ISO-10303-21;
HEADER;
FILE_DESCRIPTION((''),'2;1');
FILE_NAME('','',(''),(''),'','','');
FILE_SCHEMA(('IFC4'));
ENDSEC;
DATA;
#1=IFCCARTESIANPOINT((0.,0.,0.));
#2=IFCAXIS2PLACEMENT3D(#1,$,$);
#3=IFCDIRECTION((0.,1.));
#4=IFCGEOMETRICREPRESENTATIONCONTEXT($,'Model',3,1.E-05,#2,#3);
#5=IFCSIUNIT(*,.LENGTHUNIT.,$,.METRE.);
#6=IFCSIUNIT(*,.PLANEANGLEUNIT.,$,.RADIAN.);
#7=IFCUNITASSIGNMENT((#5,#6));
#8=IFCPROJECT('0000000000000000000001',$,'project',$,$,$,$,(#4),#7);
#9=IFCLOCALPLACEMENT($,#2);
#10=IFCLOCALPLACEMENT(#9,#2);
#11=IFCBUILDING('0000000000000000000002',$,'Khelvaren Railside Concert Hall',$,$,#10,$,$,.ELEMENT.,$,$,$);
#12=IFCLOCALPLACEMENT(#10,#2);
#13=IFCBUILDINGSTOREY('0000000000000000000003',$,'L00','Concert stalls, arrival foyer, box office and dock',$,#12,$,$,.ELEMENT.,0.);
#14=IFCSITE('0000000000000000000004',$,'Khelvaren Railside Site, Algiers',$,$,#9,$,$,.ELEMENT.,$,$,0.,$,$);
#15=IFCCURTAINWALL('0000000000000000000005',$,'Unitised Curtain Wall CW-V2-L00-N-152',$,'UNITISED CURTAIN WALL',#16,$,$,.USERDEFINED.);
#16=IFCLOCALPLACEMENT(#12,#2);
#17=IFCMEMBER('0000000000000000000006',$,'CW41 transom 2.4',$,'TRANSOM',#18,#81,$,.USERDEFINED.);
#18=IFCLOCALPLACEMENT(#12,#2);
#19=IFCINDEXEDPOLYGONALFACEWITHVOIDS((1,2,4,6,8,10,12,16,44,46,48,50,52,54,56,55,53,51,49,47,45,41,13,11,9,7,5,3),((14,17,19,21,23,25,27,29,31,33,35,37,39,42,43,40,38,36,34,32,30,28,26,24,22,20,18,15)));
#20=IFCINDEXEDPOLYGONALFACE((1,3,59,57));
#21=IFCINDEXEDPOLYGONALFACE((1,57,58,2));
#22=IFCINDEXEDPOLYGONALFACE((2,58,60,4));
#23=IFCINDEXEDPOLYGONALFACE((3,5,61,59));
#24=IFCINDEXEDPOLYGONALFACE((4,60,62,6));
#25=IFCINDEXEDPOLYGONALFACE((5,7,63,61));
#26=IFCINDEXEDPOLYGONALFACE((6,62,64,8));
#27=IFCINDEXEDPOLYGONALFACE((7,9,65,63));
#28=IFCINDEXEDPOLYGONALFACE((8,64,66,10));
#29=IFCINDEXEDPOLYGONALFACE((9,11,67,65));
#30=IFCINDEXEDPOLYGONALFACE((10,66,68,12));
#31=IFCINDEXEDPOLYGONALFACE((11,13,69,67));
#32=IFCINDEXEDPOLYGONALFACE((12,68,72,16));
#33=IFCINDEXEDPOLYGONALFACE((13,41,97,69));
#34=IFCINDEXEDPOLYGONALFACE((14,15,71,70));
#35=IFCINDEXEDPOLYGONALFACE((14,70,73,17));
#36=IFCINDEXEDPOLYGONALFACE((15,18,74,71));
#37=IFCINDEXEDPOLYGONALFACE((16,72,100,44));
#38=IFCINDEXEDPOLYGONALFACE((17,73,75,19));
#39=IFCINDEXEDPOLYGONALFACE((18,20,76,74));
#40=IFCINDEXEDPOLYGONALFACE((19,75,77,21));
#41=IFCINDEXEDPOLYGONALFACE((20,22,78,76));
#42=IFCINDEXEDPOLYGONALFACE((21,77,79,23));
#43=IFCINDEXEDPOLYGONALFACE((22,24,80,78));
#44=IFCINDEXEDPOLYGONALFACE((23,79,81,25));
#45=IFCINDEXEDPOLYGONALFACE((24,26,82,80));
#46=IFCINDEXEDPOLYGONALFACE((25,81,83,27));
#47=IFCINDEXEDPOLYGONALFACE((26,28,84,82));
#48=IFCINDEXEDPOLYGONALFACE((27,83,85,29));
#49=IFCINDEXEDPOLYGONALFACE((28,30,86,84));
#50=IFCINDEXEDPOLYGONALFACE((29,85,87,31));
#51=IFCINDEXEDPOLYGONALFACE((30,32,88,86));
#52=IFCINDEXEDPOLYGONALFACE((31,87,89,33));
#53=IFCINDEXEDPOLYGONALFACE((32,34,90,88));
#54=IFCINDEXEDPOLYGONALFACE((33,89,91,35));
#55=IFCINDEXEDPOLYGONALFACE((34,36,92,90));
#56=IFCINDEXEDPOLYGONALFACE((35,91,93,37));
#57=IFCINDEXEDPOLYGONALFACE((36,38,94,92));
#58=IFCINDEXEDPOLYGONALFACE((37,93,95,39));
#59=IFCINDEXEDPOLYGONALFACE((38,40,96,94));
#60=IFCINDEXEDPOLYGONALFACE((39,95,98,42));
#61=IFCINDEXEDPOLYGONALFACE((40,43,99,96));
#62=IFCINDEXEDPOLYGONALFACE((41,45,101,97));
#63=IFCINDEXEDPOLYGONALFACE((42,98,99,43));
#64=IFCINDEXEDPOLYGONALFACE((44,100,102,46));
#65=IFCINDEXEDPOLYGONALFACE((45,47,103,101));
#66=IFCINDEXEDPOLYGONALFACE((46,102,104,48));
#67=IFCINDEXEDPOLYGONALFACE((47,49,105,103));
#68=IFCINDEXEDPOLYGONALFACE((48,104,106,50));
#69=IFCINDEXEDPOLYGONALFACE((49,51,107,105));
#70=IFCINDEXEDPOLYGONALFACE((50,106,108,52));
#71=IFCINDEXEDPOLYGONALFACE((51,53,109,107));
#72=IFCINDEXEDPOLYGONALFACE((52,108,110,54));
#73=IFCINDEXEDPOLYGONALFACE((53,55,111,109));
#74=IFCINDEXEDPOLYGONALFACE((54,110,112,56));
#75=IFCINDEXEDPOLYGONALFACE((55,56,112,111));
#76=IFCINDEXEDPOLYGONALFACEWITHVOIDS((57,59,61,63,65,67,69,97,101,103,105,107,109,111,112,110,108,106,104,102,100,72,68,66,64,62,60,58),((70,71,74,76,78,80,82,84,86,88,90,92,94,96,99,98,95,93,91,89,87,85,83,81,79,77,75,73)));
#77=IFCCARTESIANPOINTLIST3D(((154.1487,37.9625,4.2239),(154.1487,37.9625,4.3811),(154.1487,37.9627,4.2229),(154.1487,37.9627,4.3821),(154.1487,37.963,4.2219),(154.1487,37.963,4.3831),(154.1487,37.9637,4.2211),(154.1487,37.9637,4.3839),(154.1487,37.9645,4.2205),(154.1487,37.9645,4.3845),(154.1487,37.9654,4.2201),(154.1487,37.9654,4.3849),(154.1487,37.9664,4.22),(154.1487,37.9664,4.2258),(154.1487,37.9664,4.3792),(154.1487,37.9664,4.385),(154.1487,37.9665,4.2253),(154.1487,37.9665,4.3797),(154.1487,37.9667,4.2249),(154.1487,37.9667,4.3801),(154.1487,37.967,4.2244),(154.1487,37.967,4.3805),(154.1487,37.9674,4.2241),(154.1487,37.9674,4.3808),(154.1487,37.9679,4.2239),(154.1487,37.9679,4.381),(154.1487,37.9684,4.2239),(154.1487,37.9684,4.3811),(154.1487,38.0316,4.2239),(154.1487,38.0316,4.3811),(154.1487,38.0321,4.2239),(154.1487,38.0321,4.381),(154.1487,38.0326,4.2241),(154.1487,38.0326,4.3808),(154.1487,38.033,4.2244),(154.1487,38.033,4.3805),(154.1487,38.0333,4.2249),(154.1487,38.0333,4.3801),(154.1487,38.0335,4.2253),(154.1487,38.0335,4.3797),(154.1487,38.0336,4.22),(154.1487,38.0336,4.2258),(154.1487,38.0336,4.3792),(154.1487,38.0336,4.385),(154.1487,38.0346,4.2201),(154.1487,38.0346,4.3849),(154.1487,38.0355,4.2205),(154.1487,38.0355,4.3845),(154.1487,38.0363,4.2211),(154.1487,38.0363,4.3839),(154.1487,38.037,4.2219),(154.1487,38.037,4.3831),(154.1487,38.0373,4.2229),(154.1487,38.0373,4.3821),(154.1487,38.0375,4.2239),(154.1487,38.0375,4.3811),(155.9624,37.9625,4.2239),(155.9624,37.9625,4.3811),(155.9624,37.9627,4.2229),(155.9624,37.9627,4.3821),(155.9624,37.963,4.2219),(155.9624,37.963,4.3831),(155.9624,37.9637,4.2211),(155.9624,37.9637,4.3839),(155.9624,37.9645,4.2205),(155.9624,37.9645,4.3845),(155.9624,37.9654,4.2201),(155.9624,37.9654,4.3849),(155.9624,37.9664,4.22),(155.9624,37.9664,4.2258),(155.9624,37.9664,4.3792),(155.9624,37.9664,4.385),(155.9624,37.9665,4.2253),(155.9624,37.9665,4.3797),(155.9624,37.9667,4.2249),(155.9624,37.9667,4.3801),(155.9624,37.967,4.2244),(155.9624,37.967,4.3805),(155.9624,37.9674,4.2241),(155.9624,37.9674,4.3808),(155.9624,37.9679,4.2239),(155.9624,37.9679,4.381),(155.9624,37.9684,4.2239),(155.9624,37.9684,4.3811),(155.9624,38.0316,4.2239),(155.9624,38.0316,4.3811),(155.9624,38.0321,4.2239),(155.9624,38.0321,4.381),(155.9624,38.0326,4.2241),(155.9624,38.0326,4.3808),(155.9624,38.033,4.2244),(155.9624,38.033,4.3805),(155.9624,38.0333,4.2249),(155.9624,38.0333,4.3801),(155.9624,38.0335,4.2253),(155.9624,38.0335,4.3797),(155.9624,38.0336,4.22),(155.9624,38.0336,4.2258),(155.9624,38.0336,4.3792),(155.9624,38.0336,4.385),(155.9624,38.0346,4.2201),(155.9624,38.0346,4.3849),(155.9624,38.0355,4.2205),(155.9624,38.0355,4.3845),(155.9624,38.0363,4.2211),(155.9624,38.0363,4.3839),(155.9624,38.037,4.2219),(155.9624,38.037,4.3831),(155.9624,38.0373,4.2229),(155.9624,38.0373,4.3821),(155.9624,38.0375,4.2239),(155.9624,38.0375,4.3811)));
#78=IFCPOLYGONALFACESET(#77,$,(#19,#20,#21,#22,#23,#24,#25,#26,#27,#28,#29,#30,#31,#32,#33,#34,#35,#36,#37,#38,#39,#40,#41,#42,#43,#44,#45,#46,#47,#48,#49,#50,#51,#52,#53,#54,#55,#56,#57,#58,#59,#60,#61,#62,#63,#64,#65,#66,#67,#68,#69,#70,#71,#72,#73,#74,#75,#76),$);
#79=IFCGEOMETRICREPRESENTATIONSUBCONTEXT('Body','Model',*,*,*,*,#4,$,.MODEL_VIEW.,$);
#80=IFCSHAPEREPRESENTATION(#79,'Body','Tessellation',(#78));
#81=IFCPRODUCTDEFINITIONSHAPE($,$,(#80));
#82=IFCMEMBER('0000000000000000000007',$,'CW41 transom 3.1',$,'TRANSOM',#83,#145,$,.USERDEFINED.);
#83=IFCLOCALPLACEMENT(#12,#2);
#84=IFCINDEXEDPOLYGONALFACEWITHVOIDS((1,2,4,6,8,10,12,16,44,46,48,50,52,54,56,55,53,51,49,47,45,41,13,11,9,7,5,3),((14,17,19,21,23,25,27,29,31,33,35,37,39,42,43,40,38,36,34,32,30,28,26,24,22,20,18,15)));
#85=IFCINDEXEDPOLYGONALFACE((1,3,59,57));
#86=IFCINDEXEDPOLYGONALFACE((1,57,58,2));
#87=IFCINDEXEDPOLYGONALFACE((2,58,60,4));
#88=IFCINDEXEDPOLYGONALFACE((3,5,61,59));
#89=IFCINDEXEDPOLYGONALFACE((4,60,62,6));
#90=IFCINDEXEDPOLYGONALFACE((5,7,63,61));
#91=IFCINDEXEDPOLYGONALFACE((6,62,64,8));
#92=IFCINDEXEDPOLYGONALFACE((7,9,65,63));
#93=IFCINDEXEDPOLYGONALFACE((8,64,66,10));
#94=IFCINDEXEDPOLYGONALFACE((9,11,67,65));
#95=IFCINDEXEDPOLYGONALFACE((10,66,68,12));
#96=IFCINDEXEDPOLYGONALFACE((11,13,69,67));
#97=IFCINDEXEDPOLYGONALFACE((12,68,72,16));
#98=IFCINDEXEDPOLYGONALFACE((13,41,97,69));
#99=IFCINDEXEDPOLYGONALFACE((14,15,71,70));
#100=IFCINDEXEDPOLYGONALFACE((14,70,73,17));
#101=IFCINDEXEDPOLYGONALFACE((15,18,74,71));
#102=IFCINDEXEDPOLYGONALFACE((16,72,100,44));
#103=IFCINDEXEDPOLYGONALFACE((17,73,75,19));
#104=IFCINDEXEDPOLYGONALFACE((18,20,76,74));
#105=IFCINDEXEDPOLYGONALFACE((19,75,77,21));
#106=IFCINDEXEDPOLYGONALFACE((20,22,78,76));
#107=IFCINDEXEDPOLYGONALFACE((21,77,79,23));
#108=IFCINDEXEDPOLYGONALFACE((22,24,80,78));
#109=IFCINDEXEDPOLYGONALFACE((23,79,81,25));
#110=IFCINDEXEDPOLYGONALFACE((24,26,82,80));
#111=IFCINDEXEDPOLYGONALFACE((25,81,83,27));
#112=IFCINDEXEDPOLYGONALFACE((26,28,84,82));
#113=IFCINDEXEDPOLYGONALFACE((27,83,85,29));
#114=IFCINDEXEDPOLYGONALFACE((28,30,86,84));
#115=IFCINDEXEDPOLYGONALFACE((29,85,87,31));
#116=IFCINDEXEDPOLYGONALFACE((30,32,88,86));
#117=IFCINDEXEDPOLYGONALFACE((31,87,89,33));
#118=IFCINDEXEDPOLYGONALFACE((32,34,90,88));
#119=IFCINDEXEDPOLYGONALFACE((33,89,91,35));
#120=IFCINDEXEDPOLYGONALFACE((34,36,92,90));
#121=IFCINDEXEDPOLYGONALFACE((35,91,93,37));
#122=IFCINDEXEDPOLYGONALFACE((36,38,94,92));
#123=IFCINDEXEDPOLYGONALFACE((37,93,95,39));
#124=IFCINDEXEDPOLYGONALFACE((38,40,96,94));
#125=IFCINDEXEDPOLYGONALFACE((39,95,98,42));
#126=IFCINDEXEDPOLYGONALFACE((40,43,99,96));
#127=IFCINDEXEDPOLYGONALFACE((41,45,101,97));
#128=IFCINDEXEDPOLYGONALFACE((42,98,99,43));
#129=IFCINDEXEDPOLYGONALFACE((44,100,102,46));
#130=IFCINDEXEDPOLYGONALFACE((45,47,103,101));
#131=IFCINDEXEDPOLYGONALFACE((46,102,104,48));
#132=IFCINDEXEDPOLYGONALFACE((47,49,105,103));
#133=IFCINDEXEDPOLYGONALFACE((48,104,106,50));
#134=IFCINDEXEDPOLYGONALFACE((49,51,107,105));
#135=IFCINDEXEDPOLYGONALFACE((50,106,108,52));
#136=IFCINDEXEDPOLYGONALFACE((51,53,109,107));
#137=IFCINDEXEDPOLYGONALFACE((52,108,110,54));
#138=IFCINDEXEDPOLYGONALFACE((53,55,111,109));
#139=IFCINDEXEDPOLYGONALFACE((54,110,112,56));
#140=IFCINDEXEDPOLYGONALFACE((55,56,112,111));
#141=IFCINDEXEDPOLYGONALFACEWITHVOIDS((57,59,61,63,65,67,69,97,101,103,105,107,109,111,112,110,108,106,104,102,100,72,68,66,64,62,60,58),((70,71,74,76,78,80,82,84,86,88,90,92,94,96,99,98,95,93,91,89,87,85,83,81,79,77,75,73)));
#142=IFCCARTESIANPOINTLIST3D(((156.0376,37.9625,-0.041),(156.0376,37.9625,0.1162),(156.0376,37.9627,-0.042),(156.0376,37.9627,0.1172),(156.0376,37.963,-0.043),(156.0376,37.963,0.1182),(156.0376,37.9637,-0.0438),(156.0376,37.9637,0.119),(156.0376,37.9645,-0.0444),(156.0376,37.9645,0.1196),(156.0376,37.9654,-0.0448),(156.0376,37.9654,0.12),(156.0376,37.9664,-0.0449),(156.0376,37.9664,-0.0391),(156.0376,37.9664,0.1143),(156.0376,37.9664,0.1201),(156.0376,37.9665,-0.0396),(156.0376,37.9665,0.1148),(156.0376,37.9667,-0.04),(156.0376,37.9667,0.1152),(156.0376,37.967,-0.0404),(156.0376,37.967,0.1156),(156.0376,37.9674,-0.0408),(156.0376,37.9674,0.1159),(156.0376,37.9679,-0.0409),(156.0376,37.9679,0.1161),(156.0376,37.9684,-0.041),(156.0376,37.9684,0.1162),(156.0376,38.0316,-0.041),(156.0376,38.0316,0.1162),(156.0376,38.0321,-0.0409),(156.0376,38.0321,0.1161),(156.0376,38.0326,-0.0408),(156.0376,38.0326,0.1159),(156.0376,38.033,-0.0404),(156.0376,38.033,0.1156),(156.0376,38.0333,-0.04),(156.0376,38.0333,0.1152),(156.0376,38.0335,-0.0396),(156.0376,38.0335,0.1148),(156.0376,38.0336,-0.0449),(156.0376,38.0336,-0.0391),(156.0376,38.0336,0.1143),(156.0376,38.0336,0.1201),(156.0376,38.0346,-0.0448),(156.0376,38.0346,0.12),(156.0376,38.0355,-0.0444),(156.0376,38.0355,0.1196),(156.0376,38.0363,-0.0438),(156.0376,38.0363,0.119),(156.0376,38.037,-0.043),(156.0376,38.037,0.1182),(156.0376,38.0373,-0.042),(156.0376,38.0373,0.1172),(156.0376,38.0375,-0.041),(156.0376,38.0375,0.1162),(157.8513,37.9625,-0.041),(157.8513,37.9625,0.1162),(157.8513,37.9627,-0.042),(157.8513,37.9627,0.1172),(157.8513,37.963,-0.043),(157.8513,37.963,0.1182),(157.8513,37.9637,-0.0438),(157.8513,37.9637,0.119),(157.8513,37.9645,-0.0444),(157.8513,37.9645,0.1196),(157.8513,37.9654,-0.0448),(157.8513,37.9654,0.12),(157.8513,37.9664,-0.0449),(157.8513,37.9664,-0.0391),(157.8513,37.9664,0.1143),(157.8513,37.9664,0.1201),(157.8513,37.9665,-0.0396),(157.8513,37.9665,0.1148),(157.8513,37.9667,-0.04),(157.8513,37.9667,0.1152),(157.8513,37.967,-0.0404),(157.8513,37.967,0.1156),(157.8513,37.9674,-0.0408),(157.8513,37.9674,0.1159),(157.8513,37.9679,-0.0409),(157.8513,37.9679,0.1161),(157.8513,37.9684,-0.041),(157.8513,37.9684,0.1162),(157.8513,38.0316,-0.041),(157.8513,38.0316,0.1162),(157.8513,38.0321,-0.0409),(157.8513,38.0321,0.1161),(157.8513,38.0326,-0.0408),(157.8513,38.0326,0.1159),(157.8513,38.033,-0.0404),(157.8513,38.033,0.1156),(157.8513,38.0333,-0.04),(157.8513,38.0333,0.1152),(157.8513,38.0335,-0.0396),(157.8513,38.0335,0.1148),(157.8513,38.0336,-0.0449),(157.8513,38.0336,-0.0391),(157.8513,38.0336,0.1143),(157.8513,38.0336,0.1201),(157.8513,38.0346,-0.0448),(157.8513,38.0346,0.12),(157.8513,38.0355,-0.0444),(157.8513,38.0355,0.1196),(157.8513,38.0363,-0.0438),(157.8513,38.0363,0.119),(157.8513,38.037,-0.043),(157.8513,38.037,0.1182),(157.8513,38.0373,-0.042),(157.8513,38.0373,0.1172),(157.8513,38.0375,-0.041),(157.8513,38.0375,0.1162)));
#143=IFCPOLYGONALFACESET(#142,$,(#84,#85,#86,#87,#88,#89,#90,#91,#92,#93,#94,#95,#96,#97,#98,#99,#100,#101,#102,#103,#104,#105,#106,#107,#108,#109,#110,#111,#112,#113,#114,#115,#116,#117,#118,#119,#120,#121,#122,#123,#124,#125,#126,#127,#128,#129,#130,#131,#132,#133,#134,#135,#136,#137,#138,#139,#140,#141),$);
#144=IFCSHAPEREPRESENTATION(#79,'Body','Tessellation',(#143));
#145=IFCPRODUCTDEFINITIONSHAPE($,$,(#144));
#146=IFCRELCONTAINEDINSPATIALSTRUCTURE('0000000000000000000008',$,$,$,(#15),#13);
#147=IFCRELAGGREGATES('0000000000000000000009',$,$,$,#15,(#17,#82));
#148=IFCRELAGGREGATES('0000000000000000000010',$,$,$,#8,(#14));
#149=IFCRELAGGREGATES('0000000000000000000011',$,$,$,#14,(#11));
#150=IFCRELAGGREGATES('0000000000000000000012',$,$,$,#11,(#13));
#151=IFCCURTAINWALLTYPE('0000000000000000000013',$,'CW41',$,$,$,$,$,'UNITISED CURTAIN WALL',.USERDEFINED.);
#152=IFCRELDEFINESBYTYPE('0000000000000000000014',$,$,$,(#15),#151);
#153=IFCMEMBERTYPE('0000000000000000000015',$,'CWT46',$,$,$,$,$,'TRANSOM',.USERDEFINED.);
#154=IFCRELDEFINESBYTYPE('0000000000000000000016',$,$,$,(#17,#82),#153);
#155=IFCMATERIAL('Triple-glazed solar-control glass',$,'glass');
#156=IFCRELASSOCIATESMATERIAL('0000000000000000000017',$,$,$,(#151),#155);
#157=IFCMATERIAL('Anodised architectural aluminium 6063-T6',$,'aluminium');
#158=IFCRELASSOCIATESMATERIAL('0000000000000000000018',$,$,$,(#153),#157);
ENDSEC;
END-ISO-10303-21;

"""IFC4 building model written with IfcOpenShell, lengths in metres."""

from ifc_helpers import new_model, si_unit, direction, frame, origin, origin_2d, place, context, subcontext, project, spatial, hollow_rectangle, extrude, material, material_profile, profile_set, type_object, element, aggregate, save


model = new_model("IFC4")

# Units and contexts
model_context = context("Model", 3, precision=1e-05, world=origin(), true_north=direction((0.0, 1.0)))
body_context = subcontext(model_context, "Body", "Model", "MODEL_VIEW")
ifc_project = project(units=[si_unit("LENGTHUNIT", "METRE"), si_unit("PLANEANGLEUNIT", "RADIAN")], contexts=[model_context])

# Site, building, storey
site_placement = place(None, origin())
site = spatial("IfcSite", under=ifc_project, at=site_placement, Name="Khelvaren Railside Site, Algiers", CompositionType="ELEMENT", RefElevation=0.0)
building_placement = place(site_placement, origin())
building = spatial("IfcBuilding", under=site, at=building_placement, Name="Khelvaren Railside Concert Hall", CompositionType="ELEMENT")
storey_placement = place(building_placement, origin())
storey = spatial("IfcBuildingStorey", under=building, at=storey_placement, Name="L00", Description="Concert stalls, arrival foyer, box office and dock", CompositionType="ELEMENT", Elevation=0.0)

# Curtain wall, members
ifc_material_1 = material(Name="Triple-glazed solar-control glass", Category="glass")
curtain_wall_type = type_object("IfcCurtainWallType", Name="CW41", ElementType="UNITISED CURTAIN WALL", PredefinedType="USERDEFINED", material=ifc_material_1)
curtain_wall_placement = place(storey_placement, origin())
curtain_wall = element("IfcCurtainWall", 1, at=curtain_wall_placement, inside=storey, type_object=curtain_wall_type, Name="Unitised Curtain Wall CW-V2-L00-N-152", ObjectType="UNITISED CURTAIN WALL", PredefinedType="USERDEFINED")
ifc_material_2 = material(Name="Anodised architectural aluminium 6063-T6", Category="aluminium")
ifc_material_profile_1 = material_profile(ifc_material_2, hollow_rectangle(XDim=0.075, YDim=0.165, WallThickness=0.0039, InnerFilletRadius=0.002, OuterFilletRadius=0.0039, at=origin_2d()), Name="CWT 75x165x4")
ifc_profile_set_1 = profile_set([ifc_material_profile_1], Name="Anodised architectural aluminium 6063-T6")
member_type_1 = type_object("IfcMemberType", Name="CWT46", ElementType="TRANSOM", PredefinedType="USERDEFINED", material=ifc_profile_set_1)
member_1_placement = place(storey_placement, frame((154.1487, 38.0, 4.3025), z_axis=(1.0, 0.0, 0.0), x_axis=(0.0, 1.0, 0.0)))
member_1 = element("IfcMember", 2, at=member_1_placement, type_object=member_type_1, Name="CW41 transom 2.4", ObjectType="TRANSOM", PredefinedType="USERDEFINED", context=body_context, shape_type="SweptSolid", body=[
    extrude(hollow_rectangle(XDim=0.075, YDim=0.165, WallThickness=0.0039, InnerFilletRadius=0.002, OuterFilletRadius=0.0039, at=origin_2d()), origin(), (0.0, 0.0, 1.0), 1.8137),
])
member_2_placement = place(storey_placement, frame((156.0376, 38.0, 0.0376), z_axis=(1.0, 0.0, 0.0), x_axis=(0.0, 1.0, 0.0)))
member_2 = element("IfcMember", 3, at=member_2_placement, type_object=member_type_1, Name="CW41 transom 3.1", ObjectType="TRANSOM", PredefinedType="USERDEFINED", context=body_context, shape_type="SweptSolid", body=[
    extrude(hollow_rectangle(XDim=0.075, YDim=0.165, WallThickness=0.0039, InnerFilletRadius=0.002, OuterFilletRadius=0.0039, at=origin_2d()), origin(), (0.0, 0.0, 1.0), 1.8137),
])
aggregate(curtain_wall, [member_1, member_2])

save(model, "model.ifc")
